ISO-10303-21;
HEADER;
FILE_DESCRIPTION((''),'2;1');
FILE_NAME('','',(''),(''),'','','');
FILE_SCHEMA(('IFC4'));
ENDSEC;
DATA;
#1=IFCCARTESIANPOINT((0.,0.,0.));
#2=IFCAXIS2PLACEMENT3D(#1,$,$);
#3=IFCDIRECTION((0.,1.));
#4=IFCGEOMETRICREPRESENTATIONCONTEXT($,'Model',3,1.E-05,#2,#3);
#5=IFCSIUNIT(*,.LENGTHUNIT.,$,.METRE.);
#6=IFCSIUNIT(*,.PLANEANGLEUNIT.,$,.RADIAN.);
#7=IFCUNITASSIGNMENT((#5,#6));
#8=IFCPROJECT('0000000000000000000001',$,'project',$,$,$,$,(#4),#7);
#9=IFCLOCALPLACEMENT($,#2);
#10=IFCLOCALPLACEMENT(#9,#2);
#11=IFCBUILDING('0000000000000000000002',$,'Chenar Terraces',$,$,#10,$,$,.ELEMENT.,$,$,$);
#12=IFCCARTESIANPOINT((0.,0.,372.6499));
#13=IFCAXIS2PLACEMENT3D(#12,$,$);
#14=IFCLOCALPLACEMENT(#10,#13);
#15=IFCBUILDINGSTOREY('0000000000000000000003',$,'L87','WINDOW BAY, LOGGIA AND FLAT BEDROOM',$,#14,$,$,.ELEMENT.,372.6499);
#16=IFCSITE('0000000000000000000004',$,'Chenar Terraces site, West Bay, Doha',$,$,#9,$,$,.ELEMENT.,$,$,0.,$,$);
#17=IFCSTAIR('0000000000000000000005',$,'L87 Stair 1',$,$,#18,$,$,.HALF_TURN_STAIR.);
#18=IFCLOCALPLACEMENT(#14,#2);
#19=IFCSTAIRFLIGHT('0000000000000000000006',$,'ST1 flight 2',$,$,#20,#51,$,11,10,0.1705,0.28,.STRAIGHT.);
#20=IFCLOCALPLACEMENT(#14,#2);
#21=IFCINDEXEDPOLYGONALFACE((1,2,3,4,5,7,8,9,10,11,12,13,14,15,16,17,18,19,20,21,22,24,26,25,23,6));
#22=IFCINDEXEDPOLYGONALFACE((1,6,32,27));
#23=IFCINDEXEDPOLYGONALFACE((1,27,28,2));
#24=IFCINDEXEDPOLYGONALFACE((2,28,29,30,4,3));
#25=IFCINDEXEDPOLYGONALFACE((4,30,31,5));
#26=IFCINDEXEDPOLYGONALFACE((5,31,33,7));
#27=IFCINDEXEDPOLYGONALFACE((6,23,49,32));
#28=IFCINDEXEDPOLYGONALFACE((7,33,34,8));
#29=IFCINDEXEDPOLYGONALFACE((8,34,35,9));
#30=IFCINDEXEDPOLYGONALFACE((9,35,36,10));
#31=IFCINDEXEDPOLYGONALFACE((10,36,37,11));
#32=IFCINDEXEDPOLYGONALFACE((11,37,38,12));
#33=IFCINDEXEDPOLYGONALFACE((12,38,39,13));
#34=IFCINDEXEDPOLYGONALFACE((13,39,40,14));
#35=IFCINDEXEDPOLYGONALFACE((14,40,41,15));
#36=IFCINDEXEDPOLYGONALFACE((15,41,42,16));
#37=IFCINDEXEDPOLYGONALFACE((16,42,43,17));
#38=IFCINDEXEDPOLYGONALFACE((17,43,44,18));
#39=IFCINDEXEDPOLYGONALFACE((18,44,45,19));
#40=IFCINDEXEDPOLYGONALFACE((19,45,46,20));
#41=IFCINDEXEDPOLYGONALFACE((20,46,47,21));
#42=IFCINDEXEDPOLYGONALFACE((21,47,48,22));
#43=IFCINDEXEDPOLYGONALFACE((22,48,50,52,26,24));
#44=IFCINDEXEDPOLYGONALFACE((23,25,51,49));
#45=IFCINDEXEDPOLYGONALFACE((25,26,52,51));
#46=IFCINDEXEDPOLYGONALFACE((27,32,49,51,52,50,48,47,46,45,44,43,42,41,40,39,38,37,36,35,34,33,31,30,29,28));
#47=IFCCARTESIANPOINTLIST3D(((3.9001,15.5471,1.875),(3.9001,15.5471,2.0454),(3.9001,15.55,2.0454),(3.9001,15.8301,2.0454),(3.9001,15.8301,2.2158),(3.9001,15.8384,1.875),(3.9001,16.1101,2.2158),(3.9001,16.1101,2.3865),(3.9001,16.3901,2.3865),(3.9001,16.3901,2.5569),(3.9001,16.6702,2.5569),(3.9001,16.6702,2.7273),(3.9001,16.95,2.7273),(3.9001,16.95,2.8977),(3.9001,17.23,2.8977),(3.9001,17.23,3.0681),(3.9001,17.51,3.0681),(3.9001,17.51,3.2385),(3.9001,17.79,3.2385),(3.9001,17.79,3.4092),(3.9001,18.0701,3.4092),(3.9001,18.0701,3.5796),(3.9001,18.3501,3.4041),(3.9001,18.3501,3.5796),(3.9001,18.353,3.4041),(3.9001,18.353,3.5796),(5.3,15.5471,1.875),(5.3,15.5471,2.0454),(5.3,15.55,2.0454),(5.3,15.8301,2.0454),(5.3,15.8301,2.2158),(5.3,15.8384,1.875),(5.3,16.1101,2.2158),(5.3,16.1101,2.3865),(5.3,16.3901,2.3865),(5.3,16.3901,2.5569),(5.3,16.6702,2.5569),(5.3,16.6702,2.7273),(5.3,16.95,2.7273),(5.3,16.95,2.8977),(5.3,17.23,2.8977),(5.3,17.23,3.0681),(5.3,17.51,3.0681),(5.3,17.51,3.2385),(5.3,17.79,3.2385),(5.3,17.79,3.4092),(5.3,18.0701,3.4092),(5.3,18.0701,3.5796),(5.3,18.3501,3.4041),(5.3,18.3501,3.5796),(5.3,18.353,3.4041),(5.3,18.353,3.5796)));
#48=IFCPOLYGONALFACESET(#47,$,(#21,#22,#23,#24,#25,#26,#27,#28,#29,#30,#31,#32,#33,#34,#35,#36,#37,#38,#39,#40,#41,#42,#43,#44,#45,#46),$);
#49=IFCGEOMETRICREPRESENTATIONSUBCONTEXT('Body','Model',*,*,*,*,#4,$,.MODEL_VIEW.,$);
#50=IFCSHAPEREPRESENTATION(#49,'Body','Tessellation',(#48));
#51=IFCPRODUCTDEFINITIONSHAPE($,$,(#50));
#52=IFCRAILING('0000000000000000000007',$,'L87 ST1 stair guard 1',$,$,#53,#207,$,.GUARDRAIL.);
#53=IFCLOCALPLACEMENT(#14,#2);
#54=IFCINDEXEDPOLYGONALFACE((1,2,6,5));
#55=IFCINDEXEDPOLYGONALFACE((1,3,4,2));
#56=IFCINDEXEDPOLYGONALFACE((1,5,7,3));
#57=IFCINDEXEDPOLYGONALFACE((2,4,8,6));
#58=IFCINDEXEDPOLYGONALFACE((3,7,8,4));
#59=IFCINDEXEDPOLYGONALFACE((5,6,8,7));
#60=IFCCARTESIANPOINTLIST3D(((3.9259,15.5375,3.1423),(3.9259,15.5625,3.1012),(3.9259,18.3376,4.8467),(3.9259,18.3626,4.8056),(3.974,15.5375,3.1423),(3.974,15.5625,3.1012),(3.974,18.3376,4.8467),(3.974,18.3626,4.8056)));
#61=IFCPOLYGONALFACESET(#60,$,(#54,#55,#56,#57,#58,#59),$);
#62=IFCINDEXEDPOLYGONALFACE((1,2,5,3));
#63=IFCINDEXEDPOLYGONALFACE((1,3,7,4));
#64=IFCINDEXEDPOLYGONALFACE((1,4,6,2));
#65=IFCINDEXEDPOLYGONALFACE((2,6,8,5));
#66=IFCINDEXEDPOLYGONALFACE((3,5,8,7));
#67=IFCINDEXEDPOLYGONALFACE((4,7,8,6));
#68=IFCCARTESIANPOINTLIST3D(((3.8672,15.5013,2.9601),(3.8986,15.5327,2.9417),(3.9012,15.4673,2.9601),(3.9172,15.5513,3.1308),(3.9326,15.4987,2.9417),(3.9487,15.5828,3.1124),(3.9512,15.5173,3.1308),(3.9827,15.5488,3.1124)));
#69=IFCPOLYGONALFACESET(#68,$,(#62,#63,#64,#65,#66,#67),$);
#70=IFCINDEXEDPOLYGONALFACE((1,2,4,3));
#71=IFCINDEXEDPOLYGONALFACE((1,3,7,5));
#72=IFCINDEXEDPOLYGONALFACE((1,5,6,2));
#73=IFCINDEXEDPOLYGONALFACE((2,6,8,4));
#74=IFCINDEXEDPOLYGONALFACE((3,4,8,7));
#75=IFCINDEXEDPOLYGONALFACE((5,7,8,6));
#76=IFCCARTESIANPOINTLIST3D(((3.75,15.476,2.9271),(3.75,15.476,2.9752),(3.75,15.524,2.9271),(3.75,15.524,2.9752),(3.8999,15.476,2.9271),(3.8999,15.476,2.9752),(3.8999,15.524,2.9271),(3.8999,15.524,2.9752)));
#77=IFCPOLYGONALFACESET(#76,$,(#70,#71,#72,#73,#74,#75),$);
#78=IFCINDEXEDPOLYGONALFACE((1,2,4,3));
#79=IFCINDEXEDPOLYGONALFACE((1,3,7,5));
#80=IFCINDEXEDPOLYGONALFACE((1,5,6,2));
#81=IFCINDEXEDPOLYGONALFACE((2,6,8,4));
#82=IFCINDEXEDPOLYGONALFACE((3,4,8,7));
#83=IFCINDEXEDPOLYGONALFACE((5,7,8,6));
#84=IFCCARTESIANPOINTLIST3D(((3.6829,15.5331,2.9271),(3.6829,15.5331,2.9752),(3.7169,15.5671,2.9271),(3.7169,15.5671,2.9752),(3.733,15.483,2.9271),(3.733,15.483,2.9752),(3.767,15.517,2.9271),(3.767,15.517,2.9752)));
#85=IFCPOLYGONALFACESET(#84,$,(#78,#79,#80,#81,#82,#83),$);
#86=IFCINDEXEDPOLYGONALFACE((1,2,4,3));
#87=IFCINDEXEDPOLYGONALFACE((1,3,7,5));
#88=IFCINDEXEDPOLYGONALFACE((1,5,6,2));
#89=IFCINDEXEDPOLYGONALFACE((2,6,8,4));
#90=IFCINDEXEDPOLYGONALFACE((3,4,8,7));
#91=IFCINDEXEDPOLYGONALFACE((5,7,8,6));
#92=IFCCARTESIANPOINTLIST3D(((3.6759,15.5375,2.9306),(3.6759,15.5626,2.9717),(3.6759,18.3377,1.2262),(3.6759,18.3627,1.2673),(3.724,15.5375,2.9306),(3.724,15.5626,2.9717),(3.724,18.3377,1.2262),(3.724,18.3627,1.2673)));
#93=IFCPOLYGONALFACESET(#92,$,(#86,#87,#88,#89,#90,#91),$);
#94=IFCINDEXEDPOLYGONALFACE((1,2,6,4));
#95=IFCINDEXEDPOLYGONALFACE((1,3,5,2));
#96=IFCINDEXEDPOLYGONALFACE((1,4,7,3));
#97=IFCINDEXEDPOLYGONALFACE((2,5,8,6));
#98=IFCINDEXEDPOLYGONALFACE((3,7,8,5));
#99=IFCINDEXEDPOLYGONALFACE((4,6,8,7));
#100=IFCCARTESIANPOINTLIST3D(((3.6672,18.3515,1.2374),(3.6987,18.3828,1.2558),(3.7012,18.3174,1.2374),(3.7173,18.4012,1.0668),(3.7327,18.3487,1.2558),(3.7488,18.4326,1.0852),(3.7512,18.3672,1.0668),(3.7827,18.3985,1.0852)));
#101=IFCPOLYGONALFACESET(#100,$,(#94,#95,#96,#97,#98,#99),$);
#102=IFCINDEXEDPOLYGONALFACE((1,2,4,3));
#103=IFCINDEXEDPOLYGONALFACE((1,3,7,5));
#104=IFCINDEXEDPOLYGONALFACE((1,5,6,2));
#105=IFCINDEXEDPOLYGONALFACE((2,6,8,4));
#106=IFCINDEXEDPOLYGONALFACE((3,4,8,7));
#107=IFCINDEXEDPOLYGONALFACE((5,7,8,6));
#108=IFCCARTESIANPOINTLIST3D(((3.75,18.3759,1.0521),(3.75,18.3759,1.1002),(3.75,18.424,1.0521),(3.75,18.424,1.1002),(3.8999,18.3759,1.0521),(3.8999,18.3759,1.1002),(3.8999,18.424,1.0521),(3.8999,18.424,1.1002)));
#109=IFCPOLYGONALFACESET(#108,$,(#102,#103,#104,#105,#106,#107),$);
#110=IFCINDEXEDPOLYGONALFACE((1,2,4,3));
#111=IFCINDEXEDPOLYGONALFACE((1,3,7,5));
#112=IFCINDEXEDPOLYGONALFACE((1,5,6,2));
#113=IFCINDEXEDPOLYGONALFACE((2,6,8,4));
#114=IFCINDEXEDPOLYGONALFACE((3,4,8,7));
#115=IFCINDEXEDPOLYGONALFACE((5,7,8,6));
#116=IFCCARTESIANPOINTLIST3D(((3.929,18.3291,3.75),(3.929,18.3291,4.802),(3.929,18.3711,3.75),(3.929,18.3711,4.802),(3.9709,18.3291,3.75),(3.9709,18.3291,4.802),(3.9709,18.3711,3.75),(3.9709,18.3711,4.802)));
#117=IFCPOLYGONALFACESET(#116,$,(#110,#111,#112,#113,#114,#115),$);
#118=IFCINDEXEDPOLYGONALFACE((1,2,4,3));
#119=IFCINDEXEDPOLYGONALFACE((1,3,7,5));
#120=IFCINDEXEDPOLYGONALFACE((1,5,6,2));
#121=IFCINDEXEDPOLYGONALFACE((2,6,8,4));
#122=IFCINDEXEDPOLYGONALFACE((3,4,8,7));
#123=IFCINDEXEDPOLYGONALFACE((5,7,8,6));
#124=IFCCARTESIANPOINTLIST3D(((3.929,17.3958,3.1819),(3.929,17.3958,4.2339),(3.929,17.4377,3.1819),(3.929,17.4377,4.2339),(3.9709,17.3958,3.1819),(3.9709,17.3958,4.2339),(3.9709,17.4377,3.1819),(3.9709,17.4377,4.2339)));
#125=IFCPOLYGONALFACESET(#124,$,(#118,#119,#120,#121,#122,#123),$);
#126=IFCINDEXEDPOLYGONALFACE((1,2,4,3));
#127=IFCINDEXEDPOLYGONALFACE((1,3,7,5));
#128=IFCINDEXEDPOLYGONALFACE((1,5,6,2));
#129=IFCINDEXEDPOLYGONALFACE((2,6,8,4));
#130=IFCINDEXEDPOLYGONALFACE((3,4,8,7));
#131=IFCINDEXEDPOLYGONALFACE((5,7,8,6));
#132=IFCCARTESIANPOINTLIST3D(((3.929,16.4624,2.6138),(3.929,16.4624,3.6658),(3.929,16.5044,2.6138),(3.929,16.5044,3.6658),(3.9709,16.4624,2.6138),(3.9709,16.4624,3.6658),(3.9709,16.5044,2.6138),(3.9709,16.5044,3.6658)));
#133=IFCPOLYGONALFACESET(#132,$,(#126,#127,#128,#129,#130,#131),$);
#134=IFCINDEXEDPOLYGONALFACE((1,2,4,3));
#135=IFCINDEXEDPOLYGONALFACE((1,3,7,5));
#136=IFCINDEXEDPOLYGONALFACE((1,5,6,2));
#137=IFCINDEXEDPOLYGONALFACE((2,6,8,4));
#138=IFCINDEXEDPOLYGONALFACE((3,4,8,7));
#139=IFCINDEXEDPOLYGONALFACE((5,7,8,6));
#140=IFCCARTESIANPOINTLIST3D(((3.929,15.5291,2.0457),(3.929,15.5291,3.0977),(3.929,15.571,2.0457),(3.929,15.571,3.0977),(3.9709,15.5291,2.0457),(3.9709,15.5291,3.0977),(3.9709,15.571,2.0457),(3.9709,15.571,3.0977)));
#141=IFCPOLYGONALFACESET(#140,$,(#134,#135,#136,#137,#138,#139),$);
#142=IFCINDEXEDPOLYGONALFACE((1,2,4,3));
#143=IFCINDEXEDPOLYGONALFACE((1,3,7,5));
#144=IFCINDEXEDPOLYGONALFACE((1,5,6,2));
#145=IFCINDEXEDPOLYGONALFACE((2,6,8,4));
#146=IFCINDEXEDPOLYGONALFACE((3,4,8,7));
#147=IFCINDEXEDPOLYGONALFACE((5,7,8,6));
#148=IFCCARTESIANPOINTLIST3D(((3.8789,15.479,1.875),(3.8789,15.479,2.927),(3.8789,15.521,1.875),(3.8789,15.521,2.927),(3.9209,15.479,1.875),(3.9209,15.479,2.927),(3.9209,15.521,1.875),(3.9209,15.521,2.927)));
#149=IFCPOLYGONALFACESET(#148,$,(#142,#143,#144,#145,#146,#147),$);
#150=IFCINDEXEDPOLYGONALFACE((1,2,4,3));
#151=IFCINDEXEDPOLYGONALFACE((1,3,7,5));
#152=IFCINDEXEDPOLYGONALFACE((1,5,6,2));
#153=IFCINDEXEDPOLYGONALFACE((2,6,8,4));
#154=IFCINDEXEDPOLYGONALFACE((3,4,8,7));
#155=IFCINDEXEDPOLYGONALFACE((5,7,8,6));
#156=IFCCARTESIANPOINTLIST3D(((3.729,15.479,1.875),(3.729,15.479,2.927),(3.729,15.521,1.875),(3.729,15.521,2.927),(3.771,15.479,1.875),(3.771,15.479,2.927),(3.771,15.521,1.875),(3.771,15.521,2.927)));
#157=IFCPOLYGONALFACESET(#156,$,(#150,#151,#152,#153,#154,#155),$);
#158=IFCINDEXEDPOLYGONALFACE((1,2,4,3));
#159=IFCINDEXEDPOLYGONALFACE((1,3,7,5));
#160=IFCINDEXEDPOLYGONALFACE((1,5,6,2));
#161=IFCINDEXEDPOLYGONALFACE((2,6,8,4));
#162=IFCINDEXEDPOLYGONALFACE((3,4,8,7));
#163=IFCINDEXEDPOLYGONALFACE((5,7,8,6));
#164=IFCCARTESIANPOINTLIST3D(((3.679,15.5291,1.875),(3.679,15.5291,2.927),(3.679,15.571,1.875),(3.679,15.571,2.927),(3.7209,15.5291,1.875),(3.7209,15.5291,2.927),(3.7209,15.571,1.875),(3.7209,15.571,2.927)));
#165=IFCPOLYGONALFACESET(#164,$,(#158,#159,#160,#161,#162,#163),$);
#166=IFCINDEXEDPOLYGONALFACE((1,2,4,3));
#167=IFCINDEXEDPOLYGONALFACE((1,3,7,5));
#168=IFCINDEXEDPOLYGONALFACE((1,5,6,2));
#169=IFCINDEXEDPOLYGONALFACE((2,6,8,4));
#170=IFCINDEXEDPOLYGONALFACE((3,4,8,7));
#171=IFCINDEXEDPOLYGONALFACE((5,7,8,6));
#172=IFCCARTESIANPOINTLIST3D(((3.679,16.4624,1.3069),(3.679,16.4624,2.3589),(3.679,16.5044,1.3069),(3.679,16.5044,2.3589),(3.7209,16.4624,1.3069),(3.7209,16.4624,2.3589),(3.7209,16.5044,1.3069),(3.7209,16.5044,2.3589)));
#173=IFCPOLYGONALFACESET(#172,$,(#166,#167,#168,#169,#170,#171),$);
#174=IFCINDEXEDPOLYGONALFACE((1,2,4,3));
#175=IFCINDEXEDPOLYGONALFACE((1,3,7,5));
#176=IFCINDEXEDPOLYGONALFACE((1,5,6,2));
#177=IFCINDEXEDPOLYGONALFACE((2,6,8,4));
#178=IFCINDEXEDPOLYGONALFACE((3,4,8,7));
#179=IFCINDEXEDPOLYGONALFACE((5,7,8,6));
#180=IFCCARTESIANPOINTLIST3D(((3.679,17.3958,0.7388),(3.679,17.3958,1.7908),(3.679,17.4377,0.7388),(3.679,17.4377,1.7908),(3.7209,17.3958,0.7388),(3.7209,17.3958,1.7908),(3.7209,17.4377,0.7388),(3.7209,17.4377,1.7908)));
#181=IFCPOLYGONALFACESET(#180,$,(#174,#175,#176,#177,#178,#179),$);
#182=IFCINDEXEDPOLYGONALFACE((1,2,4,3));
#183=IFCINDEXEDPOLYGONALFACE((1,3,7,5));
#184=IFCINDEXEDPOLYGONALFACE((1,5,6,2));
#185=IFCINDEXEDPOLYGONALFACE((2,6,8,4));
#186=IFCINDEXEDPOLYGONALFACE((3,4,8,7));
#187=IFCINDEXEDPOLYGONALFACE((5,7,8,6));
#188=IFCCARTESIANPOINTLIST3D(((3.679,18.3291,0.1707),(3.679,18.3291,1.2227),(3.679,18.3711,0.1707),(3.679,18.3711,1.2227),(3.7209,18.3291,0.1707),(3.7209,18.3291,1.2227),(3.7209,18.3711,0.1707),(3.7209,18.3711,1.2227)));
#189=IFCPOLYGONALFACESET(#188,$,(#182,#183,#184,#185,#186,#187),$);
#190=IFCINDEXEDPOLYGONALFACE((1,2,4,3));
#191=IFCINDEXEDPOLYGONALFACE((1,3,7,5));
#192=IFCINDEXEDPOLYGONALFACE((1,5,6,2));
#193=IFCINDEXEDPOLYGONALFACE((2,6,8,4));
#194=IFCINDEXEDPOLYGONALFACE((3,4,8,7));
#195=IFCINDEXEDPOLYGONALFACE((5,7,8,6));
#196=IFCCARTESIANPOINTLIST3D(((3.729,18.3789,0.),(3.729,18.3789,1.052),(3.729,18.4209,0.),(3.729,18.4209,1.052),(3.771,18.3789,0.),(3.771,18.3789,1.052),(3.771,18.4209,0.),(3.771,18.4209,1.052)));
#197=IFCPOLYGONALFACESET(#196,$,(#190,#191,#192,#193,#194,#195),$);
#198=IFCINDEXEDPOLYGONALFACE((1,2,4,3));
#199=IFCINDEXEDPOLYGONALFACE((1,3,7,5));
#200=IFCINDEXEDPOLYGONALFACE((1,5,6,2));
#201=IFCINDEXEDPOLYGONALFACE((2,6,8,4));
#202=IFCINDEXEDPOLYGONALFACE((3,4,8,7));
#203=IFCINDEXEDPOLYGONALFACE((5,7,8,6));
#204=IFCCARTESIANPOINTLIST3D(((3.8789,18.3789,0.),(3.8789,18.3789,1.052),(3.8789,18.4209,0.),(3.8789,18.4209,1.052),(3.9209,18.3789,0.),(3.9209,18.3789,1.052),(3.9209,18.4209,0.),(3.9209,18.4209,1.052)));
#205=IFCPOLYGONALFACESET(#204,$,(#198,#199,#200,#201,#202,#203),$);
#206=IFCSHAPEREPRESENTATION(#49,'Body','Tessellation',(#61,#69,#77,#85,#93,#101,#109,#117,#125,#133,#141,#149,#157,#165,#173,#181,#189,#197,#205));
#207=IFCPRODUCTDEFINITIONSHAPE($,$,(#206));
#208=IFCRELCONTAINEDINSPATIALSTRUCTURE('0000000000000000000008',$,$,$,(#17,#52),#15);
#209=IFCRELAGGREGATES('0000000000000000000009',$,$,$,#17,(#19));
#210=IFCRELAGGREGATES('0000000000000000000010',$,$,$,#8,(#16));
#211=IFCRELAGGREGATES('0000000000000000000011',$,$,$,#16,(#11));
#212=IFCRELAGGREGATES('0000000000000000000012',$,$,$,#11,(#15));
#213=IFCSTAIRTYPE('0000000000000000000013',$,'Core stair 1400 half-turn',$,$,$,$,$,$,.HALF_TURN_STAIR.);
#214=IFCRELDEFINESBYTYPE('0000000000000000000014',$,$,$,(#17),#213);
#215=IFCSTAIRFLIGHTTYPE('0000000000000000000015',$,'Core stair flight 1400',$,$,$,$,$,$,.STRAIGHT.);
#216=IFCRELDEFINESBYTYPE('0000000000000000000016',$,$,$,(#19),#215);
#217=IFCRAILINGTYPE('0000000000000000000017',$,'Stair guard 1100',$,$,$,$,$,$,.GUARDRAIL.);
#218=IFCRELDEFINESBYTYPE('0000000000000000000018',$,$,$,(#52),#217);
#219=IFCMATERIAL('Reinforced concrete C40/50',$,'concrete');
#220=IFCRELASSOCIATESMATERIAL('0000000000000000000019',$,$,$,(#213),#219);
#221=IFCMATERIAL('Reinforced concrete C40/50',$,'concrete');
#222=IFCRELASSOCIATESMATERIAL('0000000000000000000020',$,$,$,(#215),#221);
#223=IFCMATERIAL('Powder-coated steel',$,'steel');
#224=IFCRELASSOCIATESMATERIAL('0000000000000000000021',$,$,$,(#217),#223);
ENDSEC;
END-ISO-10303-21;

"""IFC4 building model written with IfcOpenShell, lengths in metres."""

from ifc_helpers import new_model, si_unit, direction, frame, origin, origin_2d, place, context, subcontext, project, spatial, polyline, rectangle, outline, extrude, material, type_object, element, aggregate, save


model = new_model("IFC4")

# Units and contexts
model_context = context("Model", 3, precision=1e-05, world=origin(), true_north=direction((0.0, 1.0)))
body_context = subcontext(model_context, "Body", "Model", "MODEL_VIEW")
ifc_project = project(units=[si_unit("LENGTHUNIT", "METRE"), si_unit("PLANEANGLEUNIT", "RADIAN")], contexts=[model_context])

# Site, building, storey
site_placement = place(None, origin())
site = spatial("IfcSite", under=ifc_project, at=site_placement, Name="Chenar Terraces site, West Bay, Doha", CompositionType="ELEMENT", RefElevation=0.0)
building_placement = place(site_placement, origin())
building = spatial("IfcBuilding", under=site, at=building_placement, Name="Chenar Terraces", CompositionType="ELEMENT")
storey_placement = place(building_placement, frame((0.0, 0.0, 372.6499)))
storey = spatial("IfcBuildingStorey", under=building, at=storey_placement, Name="L87", Description="WINDOW BAY, LOGGIA AND FLAT BEDROOM", CompositionType="ELEMENT", Elevation=372.6499)

# Stair, stair flight
ifc_material_1 = material(Name="Reinforced concrete C40/50", Category="concrete")
stair_type = type_object("IfcStairType", Name="Core stair 1400 half-turn", PredefinedType="HALF_TURN_STAIR", material=ifc_material_1)
stair_placement = place(storey_placement, origin())
stair = element("IfcStair", 1, at=stair_placement, inside=storey, type_object=stair_type, Name="L87 Stair 1", PredefinedType="HALF_TURN_STAIR")
ifc_material_2 = material(Name="Reinforced concrete C40/50", Category="concrete")
stair_flight_type = type_object("IfcStairFlightType", Name="Core stair flight 1400", PredefinedType="STRAIGHT", material=ifc_material_2)
stair_flight_1_placement = place(storey_placement, frame((4.6001, 15.55, 1.875), z_axis=(0.0, 0.0, 1.0), x_axis=(0.0, 1.0, 0.0)))
stair_flight_1 = element("IfcStairFlight", 2, at=stair_flight_1_placement, type_object=stair_flight_type, Name="ST1 flight 2", NumberOfRisers=11, NumberOfTreads=10, PredefinedType="STRAIGHT", RiserHeight=0.1705, TreadLength=0.28, context=body_context, shape_type="SweptSolid", body=[
    extrude(outline(polyline([(-0.0029, 0.0), (-0.0029, 0.1704), (0.0, 0.1704), (0.28, 0.1704), (0.28, 0.3408), (0.5601, 0.3408), (0.5601, 0.5115), (0.8401, 0.5115), (0.8401, 0.6819), (1.1201, 0.6819), (1.1201, 0.8523), (1.3999, 0.8523), (1.3999, 1.0227), (1.6799, 1.0227), (1.6799, 1.1931), (1.96, 1.1931), (1.96, 1.3635), (2.24, 1.3635), (2.24, 1.5342), (2.52, 1.5342), (2.52, 1.7046), (2.8, 1.7046), (2.803, 1.7046), (2.803, 1.5291), (2.8, 1.5291), (0.2883, 0.0), (-0.0029, 0.0)])), frame((0.0, 0.7, 0.0), z_axis=(0.0, -1.0, 0.0), x_axis=(1.0, 0.0, 0.0)), (0.0, 0.0, 1.0), 1.3999),
])
aggregate(stair, [stair_flight_1])

# Railing
ifc_material_3 = material(Name="Powder-coated steel", Category="steel")
railing_type_1 = type_object("IfcRailingType", Name="Stair guard 1100", PredefinedType="GUARDRAIL", material=ifc_material_3)
railing_1_placement = place(storey_placement, frame((3.95, 18.3501, 3.75)))
element("IfcRailing", 3, at=railing_1_placement, inside=storey, type_object=railing_type_1, Name="L87 ST1 stair guard 1", PredefinedType="GUARDRAIL", context=body_context, shape_type="SweptSolid", body=[
    extrude(rectangle(XDim=0.0481, YDim=0.0481, at=origin_2d()), frame((0.0, 0.0, 1.0762), z_axis=(0.0, -0.854203, -0.51994), x_axis=(1.0, 0.0, 0.0)), (0.0, 0.0, 1.0), 3.2781),
    extrude(rectangle(XDim=0.0481, YDim=0.0481, at=origin_2d()), frame((0.0, -2.8, -0.6284), z_axis=(-0.2709, -0.2709, -0.923703), x_axis=(0.707107, -0.707107, 0.0)), (0.0, 0.0, 1.0), 0.1848),
    extrude(rectangle(XDim=0.0481, YDim=0.0481, at=origin_2d()), frame((-0.05, -2.8501, -0.7988), z_axis=(-1.0, 0.0, 0.0), x_axis=(0.0, -1.0, 0.0)), (0.0, 0.0, 1.0), 0.1499),
    extrude(rectangle(XDim=0.0481, YDim=0.0481, at=origin_2d()), frame((-0.2, -2.8501, -0.7988), z_axis=(-0.707107, 0.707107, 0.0), x_axis=(-0.707107, -0.707107, 0.0)), (0.0, 0.0, 1.0), 0.0708),
    extrude(rectangle(XDim=0.0481, YDim=0.0481, at=origin_2d()), frame((-0.25, -2.8, -0.7988), z_axis=(0.0, 0.854203, -0.51994), x_axis=(-1.0, 0.0, 0.0)), (0.0, 0.0, 1.0), 3.2781),
    extrude(rectangle(XDim=0.0481, YDim=0.0481, at=origin_2d()), frame((-0.25, 0.0, -2.5034), z_axis=(0.270997, 0.269675, -0.924033), x_axis=(-0.705376, 0.708834, 0.0)), (0.0, 0.0, 1.0), 0.1846),
    extrude(rectangle(XDim=0.0481, YDim=0.0481, at=origin_2d()), frame((-0.2, 0.0498, -2.6738), z_axis=(1.0, 0.0, 0.0), x_axis=(0.0, 1.0, 0.0)), (0.0, 0.0, 1.0), 0.1499),
    extrude(rectangle(XDim=0.042, YDim=0.042, at=origin_2d()), origin(), (0.0, 0.0, 1.0), 1.052),
    extrude(rectangle(XDim=0.042, YDim=0.042, at=origin_2d()), frame((0.0, -0.9333, -0.5681)), (0.0, 0.0, 1.0), 1.052),
    extrude(rectangle(XDim=0.042, YDim=0.042, at=origin_2d()), frame((0.0, -1.8667, -1.1362)), (0.0, 0.0, 1.0), 1.052),
    extrude(rectangle(XDim=0.042, YDim=0.042, at=origin_2d()), frame((0.0, -2.8, -1.7043)), (0.0, 0.0, 1.0), 1.052),
    extrude(rectangle(XDim=0.042, YDim=0.042, at=origin_2d()), frame((-0.05, -2.8501, -1.875)), (0.0, 0.0, 1.0), 1.052),
    extrude(rectangle(XDim=0.042, YDim=0.042, at=origin_2d()), frame((-0.2, -2.8501, -1.875)), (0.0, 0.0, 1.0), 1.052),
    extrude(rectangle(XDim=0.042, YDim=0.042, at=origin_2d()), frame((-0.25, -2.8, -1.875)), (0.0, 0.0, 1.0), 1.052),
    extrude(rectangle(XDim=0.042, YDim=0.042, at=origin_2d()), frame((-0.25, -1.8667, -2.4431)), (0.0, 0.0, 1.0), 1.052),
    extrude(rectangle(XDim=0.042, YDim=0.042, at=origin_2d()), frame((-0.25, -0.9333, -3.0112)), (0.0, 0.0, 1.0), 1.052),
    extrude(rectangle(XDim=0.042, YDim=0.042, at=origin_2d()), frame((-0.25, 0.0, -3.5793)), (0.0, 0.0, 1.0), 1.052),
    extrude(rectangle(XDim=0.042, YDim=0.042, at=origin_2d()), frame((-0.2, 0.0498, -3.75)), (0.0, 0.0, 1.0), 1.052),
    extrude(rectangle(XDim=0.042, YDim=0.042, at=origin_2d()), frame((-0.05, 0.0498, -3.75)), (0.0, 0.0, 1.0), 1.052),
])

save(model, "model.ifc")
